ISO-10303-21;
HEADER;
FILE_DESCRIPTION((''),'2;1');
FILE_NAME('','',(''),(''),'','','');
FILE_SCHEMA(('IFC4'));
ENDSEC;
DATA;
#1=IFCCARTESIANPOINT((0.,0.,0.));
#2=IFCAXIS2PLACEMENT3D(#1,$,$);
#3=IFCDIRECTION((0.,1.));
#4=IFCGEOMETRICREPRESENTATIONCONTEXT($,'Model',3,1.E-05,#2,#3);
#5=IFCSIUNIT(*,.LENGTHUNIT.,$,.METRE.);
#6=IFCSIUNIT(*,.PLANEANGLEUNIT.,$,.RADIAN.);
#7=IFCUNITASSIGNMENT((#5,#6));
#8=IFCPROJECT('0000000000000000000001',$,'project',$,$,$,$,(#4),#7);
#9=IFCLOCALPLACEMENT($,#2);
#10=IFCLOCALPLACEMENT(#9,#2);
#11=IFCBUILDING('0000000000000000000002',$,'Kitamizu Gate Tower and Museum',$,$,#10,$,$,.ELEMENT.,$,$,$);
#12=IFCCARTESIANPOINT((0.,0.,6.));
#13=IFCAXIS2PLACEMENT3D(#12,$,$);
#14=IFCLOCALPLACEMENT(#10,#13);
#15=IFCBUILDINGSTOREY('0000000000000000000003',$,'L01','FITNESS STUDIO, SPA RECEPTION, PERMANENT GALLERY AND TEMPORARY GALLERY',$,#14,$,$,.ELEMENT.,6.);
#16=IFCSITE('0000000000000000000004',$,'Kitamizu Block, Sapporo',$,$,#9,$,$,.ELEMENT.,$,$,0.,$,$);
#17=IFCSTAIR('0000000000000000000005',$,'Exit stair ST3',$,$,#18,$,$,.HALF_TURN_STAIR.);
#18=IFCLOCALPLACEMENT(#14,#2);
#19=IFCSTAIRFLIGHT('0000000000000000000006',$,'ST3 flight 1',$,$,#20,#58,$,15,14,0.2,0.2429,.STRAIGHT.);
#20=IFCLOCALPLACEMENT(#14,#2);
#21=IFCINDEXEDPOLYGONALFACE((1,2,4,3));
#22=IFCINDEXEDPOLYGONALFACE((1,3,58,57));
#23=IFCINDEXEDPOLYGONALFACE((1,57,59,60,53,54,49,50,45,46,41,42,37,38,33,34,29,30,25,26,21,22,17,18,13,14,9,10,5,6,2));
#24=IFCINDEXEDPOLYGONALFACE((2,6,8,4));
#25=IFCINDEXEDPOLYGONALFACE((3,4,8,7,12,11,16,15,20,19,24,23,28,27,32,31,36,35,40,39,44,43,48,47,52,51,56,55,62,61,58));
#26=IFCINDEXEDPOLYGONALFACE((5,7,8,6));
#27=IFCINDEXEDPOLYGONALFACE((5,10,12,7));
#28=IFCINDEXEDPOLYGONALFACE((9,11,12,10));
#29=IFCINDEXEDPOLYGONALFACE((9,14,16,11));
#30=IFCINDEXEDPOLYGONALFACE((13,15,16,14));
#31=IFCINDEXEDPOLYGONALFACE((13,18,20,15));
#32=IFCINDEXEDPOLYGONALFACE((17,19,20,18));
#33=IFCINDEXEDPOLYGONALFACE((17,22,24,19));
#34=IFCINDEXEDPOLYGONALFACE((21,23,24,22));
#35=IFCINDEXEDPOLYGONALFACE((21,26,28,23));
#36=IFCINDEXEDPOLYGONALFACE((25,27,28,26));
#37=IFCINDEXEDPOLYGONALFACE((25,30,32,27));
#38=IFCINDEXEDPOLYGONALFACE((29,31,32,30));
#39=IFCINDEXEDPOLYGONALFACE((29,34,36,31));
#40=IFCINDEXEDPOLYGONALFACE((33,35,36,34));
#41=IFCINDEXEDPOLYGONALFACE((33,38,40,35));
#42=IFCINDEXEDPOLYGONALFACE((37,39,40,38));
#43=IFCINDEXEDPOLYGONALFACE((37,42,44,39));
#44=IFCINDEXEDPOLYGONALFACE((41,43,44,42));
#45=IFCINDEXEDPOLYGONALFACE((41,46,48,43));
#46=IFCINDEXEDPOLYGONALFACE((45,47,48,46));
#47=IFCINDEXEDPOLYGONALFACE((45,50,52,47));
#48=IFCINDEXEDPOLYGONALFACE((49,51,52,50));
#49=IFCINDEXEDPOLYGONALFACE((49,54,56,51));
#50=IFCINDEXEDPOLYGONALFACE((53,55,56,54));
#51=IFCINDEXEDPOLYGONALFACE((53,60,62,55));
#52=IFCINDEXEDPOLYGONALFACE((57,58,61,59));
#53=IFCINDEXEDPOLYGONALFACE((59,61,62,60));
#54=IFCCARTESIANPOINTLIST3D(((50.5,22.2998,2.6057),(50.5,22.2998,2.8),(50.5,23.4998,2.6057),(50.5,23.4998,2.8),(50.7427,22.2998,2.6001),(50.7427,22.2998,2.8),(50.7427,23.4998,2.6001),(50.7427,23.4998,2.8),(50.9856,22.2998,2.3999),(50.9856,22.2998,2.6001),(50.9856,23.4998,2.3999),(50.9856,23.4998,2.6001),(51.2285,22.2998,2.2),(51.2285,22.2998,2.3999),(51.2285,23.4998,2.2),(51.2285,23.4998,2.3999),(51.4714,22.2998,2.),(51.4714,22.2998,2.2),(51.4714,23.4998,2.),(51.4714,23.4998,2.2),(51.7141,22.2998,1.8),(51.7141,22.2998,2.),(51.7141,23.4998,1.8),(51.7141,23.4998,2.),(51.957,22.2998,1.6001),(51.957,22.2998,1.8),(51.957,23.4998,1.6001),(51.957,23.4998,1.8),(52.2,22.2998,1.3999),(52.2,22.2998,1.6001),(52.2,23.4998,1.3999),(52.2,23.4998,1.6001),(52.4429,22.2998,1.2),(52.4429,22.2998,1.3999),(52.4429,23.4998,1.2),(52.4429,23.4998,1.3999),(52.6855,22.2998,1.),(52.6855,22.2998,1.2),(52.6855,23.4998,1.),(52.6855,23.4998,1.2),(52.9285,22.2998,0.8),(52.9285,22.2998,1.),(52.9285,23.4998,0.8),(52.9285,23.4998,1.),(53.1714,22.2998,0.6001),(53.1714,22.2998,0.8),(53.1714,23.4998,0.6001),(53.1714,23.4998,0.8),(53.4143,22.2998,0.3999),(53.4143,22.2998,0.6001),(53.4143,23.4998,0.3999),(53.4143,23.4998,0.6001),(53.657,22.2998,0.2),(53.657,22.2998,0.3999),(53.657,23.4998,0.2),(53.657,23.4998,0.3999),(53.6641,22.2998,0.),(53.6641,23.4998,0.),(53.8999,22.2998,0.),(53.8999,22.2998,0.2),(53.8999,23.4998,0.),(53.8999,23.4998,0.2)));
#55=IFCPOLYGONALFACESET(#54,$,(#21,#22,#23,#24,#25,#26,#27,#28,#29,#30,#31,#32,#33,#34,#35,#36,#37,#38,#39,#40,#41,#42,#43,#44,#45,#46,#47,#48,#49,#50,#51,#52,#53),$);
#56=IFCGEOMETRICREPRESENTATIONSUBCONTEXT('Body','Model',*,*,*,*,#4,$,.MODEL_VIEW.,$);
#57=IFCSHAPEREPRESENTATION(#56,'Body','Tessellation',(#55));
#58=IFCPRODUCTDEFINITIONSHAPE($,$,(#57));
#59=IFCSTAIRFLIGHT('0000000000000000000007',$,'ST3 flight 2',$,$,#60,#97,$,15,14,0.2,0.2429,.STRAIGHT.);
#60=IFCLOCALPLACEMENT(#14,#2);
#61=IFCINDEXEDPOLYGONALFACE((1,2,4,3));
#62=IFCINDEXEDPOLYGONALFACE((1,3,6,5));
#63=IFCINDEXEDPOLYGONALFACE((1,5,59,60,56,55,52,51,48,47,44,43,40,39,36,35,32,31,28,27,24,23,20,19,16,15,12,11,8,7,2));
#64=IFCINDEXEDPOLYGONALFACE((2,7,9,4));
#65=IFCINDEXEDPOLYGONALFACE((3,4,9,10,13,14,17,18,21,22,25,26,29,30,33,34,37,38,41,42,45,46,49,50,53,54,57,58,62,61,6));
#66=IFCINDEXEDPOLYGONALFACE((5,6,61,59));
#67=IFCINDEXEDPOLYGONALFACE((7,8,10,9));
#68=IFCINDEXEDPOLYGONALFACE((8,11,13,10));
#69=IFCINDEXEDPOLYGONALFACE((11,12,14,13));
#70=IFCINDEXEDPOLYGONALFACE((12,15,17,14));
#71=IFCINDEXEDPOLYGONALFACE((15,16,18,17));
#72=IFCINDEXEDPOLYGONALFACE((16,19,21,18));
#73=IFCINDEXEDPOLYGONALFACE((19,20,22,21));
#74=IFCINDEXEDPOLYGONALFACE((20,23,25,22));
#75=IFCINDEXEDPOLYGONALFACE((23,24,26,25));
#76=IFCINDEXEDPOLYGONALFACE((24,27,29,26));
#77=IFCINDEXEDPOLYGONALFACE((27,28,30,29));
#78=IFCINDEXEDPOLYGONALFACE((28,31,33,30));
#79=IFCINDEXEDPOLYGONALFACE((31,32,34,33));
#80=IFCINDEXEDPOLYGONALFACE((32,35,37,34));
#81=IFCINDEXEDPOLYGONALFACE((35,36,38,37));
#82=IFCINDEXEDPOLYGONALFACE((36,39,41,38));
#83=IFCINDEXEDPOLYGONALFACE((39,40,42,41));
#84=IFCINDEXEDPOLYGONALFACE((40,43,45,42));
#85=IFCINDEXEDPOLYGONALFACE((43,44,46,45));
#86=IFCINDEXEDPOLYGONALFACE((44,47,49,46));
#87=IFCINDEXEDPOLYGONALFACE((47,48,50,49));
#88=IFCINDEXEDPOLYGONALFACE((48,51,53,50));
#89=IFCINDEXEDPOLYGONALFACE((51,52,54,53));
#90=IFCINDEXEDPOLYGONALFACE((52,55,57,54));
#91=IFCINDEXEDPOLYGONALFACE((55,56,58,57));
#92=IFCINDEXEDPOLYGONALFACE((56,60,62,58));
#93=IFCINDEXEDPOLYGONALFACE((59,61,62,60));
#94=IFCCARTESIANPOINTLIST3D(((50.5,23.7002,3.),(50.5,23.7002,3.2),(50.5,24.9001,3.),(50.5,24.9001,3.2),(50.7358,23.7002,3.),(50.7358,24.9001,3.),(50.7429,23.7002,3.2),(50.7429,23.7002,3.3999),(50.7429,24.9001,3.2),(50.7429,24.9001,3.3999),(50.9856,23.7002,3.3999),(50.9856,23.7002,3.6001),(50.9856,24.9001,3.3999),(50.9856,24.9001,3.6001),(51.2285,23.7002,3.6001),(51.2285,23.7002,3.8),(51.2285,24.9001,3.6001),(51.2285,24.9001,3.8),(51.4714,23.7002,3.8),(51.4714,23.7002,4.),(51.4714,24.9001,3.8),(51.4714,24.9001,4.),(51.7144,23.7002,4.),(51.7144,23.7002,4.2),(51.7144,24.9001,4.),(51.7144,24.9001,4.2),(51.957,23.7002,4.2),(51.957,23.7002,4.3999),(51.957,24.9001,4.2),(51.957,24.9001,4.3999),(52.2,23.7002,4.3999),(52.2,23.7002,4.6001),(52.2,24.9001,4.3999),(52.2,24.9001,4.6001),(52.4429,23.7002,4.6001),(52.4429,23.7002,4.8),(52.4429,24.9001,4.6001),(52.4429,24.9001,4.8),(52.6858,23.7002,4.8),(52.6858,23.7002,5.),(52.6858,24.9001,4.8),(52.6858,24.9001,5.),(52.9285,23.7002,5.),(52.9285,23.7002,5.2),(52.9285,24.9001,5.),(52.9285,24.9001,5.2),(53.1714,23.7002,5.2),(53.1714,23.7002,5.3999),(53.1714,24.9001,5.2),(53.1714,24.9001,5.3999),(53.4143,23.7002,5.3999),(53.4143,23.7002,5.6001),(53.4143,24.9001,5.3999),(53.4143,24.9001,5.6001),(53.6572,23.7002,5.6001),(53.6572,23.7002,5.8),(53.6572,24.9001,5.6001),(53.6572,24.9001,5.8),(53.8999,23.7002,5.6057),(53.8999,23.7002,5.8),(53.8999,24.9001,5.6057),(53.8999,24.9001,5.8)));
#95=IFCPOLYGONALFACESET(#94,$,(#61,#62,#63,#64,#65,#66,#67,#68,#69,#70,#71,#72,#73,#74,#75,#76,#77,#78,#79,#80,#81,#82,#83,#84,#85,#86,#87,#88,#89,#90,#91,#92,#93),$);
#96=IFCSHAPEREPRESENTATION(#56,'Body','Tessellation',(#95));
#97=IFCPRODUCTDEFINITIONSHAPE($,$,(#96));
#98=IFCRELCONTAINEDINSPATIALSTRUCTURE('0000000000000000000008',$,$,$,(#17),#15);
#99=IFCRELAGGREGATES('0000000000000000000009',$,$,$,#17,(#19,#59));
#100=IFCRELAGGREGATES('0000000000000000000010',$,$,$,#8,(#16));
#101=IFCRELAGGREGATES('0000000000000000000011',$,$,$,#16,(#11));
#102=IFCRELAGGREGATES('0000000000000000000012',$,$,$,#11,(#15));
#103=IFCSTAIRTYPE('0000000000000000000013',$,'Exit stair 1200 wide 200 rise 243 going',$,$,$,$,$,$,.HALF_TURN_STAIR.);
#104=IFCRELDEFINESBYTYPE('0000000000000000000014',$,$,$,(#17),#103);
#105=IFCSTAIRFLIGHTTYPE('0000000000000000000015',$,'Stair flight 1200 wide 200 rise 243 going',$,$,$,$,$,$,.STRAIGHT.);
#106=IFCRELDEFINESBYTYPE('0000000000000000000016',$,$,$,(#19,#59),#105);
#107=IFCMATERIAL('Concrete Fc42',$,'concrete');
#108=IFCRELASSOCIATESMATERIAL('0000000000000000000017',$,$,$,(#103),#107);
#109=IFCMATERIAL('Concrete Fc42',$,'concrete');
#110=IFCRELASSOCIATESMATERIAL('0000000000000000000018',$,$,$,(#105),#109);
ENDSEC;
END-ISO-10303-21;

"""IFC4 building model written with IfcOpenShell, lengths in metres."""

from ifc_helpers import new_model, si_unit, direction, frame, origin, place, context, subcontext, project, spatial, polyline, outline, extrude, material, type_object, element, aggregate, save


model = new_model("IFC4")

# Units and contexts
model_context = context("Model", 3, precision=1e-05, world=origin(), true_north=direction((0.0, 1.0)))
body_context = subcontext(model_context, "Body", "Model", "MODEL_VIEW")
ifc_project = project(units=[si_unit("LENGTHUNIT", "METRE"), si_unit("PLANEANGLEUNIT", "RADIAN")], contexts=[model_context])

# Site, building, storey
site_placement = place(None, origin())
site = spatial("IfcSite", under=ifc_project, at=site_placement, Name="Kitamizu Block, Sapporo", CompositionType="ELEMENT", RefElevation=0.0)
building_placement = place(site_placement, origin())
building = spatial("IfcBuilding", under=site, at=building_placement, Name="Kitamizu Gate Tower and Museum", CompositionType="ELEMENT")
storey_placement = place(building_placement, frame((0.0, 0.0, 6.0)))
storey = spatial("IfcBuildingStorey", under=building, at=storey_placement, Name="L01", Description="FITNESS STUDIO, SPA RECEPTION, PERMANENT GALLERY AND TEMPORARY GALLERY", CompositionType="ELEMENT", Elevation=6.0)

# Stair, stair flights
ifc_material_1 = material(Name="Concrete Fc42", Category="concrete")
stair_type = type_object("IfcStairType", Name="Exit stair 1200 wide 200 rise 243 going", PredefinedType="HALF_TURN_STAIR", material=ifc_material_1)
stair_placement = place(storey_placement, origin())
stair = element("IfcStair", 1, at=stair_placement, inside=storey, type_object=stair_type, Name="Exit stair ST3", PredefinedType="HALF_TURN_STAIR")
ifc_material_2 = material(Name="Concrete Fc42", Category="concrete")
stair_flight_type = type_object("IfcStairFlightType", Name="Stair flight 1200 wide 200 rise 243 going", PredefinedType="STRAIGHT", material=ifc_material_2)
stair_flight_1_placement = place(storey_placement, frame((53.8999, 22.8999, 0.0), z_axis=(0.0, 0.0, 1.0), x_axis=(-1.0, 0.0, 0.0)))
stair_flight_1 = element("IfcStairFlight", 2, at=stair_flight_1_placement, type_object=stair_flight_type, Name="ST3 flight 1", NumberOfRisers=15, NumberOfTreads=14, PredefinedType="STRAIGHT", RiserHeight=0.2, TreadLength=0.2429, context=body_context, shape_type="SweptSolid", body=[
    extrude(outline(polyline([(0.0, 0.0), (0.0, 0.2), (0.2429, 0.2), (0.2429, 0.3999), (0.4856, 0.3999), (0.4856, 0.6001), (0.7285, 0.6001), (0.7285, 0.8), (0.9714, 0.8), (0.9714, 1.0), (1.2144, 1.0), (1.2144, 1.2), (1.457, 1.2), (1.457, 1.3999), (1.7, 1.3999), (1.7, 1.6001), (1.9429, 1.6001), (1.9429, 1.8), (2.1858, 1.8), (2.1858, 2.0), (2.4285, 2.0), (2.4285, 2.2), (2.6714, 2.2), (2.6714, 2.3999), (2.9143, 2.3999), (2.9143, 2.6001), (3.1572, 2.6001), (3.1572, 2.8), (3.3999, 2.8), (3.3999, 3.0), (3.3999, 2.6057), (0.2358, 0.0), (0.0, 0.0)])), frame((0.0, 0.6001, 0.0), z_axis=(0.0, -1.0, 0.0), x_axis=(1.0, 0.0, 0.0)), (0.0, 0.0, 1.0), 1.2),
])
stair_flight_2_placement = place(storey_placement, frame((50.5, 24.3, 3.0), z_axis=(0.0, 0.0, 1.0), x_axis=(1.0, 0.0, 0.0)))
stair_flight_2 = element("IfcStairFlight", 3, at=stair_flight_2_placement, type_object=stair_flight_type, Name="ST3 flight 2", NumberOfRisers=15, NumberOfTreads=14, PredefinedType="STRAIGHT", RiserHeight=0.2, TreadLength=0.2429, context=body_context, shape_type="SweptSolid", body=[
    extrude(outline(polyline([(0.0, 0.0), (0.0, 0.2), (0.2429, 0.2), (0.2429, 0.3999), (0.4856, 0.3999), (0.4856, 0.6001), (0.7285, 0.6001), (0.7285, 0.8), (0.9714, 0.8), (0.9714, 1.0), (1.2144, 1.0), (1.2144, 1.2), (1.457, 1.2), (1.457, 1.3999), (1.7, 1.3999), (1.7, 1.6001), (1.9429, 1.6001), (1.9429, 1.8), (2.1858, 1.8), (2.1858, 2.0), (2.4285, 2.0), (2.4285, 2.2), (2.6714, 2.2), (2.6714, 2.3999), (2.9143, 2.3999), (2.9143, 2.6001), (3.1572, 2.6001), (3.1572, 2.8), (3.3999, 2.8), (3.3999, 3.0), (3.3999, 2.6057), (0.2358, 0.0), (0.0, 0.0)])), frame((0.0, 0.6001, 0.0), z_axis=(0.0, -1.0, 0.0), x_axis=(1.0, 0.0, 0.0)), (0.0, 0.0, 1.0), 1.2),
])
aggregate(stair, [stair_flight_1, stair_flight_2])

save(model, "model.ifc")
